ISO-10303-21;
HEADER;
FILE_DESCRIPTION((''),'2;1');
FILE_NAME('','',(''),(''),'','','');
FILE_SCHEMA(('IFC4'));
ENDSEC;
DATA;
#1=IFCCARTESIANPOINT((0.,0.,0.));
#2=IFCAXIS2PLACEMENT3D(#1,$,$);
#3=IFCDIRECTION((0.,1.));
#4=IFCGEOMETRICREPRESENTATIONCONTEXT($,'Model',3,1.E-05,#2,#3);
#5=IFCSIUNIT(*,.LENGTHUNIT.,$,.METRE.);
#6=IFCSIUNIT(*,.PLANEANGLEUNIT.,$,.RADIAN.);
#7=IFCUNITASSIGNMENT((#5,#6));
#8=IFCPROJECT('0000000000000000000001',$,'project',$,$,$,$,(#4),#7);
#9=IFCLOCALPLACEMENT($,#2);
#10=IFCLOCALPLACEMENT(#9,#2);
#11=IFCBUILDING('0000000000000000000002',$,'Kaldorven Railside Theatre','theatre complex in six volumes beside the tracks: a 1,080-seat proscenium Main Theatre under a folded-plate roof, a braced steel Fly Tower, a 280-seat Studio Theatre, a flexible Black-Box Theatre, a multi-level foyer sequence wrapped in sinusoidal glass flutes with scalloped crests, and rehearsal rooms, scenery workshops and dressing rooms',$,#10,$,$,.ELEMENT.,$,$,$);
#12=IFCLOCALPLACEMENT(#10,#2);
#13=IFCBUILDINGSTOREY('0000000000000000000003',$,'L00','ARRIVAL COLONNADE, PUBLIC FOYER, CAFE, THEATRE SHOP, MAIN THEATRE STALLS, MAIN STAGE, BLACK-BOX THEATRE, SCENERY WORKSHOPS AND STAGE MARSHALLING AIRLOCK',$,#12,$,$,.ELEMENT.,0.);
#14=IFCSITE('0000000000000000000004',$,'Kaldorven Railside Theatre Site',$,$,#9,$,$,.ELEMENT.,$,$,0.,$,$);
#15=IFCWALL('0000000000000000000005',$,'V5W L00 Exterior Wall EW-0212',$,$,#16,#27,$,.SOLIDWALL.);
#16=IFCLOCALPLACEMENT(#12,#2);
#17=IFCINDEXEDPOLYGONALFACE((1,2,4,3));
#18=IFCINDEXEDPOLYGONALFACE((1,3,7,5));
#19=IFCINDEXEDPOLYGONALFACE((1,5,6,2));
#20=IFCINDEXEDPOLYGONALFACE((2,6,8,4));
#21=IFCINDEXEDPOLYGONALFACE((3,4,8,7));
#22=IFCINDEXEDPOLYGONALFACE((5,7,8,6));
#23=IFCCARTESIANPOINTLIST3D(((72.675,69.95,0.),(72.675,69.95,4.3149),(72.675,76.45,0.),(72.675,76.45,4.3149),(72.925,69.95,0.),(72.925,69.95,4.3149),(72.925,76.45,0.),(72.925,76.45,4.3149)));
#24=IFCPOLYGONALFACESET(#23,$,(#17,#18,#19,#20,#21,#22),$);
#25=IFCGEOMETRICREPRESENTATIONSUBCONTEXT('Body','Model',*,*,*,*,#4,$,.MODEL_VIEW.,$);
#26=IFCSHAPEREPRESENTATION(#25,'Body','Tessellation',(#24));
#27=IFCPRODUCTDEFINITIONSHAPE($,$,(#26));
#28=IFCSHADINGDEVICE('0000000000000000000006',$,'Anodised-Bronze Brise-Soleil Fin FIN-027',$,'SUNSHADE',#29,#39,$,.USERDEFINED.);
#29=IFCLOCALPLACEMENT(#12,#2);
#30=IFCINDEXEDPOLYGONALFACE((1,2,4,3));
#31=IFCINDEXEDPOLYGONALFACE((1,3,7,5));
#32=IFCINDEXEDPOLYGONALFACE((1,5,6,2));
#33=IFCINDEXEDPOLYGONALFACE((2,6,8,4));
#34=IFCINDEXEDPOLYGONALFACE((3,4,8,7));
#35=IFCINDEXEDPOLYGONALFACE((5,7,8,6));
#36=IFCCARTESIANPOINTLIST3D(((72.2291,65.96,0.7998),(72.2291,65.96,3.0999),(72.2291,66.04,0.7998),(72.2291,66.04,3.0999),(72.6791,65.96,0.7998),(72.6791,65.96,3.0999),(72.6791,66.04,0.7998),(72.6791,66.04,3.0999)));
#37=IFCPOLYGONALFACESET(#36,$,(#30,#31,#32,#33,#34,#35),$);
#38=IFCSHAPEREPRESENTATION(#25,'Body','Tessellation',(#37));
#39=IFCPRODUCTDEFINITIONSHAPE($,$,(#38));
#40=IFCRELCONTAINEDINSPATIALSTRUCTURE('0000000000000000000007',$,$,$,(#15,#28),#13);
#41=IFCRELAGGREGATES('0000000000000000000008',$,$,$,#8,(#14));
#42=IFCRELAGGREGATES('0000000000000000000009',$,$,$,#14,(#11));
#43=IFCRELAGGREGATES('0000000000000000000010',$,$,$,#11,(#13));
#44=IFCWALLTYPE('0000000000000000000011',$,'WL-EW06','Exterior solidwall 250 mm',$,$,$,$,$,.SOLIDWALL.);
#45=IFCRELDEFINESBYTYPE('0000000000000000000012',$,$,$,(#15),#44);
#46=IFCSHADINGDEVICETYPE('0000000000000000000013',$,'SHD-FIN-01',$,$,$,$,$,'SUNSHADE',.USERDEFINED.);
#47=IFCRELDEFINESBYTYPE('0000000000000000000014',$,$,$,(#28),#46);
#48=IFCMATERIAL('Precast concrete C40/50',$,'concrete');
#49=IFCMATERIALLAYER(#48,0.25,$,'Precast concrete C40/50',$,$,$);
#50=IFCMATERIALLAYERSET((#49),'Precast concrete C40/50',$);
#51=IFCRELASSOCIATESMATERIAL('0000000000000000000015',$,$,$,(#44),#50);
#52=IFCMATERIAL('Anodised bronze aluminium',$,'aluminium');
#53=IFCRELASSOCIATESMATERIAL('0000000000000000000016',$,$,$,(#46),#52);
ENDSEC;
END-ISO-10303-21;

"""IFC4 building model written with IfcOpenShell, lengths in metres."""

from ifc_helpers import new_model, si_unit, direction, frame, frame_2d, origin, origin_2d, place, context, subcontext, project, spatial, rectangle, extrude, material, layer, layer_set, type_object, element, save


model = new_model("IFC4")

# Units and contexts
model_context = context("Model", 3, precision=1e-05, world=origin(), true_north=direction((0.0, 1.0)))
body_context = subcontext(model_context, "Body", "Model", "MODEL_VIEW")
ifc_project = project(units=[si_unit("LENGTHUNIT", "METRE"), si_unit("PLANEANGLEUNIT", "RADIAN")], contexts=[model_context])

# Site, building, storey
site_placement = place(None, origin())
site = spatial("IfcSite", under=ifc_project, at=site_placement, Name="Kaldorven Railside Theatre Site", CompositionType="ELEMENT", RefElevation=0.0)
building_placement = place(site_placement, origin())
building = spatial("IfcBuilding", under=site, at=building_placement, Name="Kaldorven Railside Theatre", Description="theatre complex in six volumes beside the tracks: a 1,080-seat proscenium Main Theatre under a folded-plate roof, a braced steel Fly Tower, a 280-seat Studio Theatre, a flexible Black-Box Theatre, a multi-level foyer sequence wrapped in sinusoidal glass flutes with scalloped crests, and rehearsal rooms, scenery workshops and dressing rooms", CompositionType="ELEMENT")
storey_placement = place(building_placement, origin())
storey = spatial("IfcBuildingStorey", under=building, at=storey_placement, Name="L00", Description="ARRIVAL COLONNADE, PUBLIC FOYER, CAFE, THEATRE SHOP, MAIN THEATRE STALLS, MAIN STAGE, BLACK-BOX THEATRE, SCENERY WORKSHOPS AND STAGE MARSHALLING AIRLOCK", CompositionType="ELEMENT", Elevation=0.0)

# Wall
ifc_material_1 = material(Name="Precast concrete C40/50", Category="concrete")
ifc_layer = layer(ifc_material_1, 0.25, Name="Precast concrete C40/50")
ifc_layer_set = layer_set([ifc_layer], Name="Precast concrete C40/50")
wall_type = type_object("IfcWallType", Name="WL-EW06", Description="Exterior solidwall 250 mm", PredefinedType="SOLIDWALL", material=ifc_layer_set)
wall_placement = place(storey_placement, frame((72.8, 69.95, 0.0), z_axis=(0.0, 0.0, 1.0), x_axis=(0.0, 1.0, 0.0)))
element("IfcWall", 1, at=wall_placement, inside=storey, type_object=wall_type, Name="V5W L00 Exterior Wall EW-0212", PredefinedType="SOLIDWALL", context=body_context, shape_type="SweptSolid", body=[
    extrude(rectangle(XDim=6.5, YDim=0.25, at=frame_2d((3.25, 0.0))), origin(), (0.0, 0.0, 1.0), 4.3149),
])

# Shading device
ifc_material_2 = material(Name="Anodised bronze aluminium", Category="aluminium")
shading_device_type = type_object("IfcShadingDeviceType", Name="SHD-FIN-01", ElementType="SUNSHADE", PredefinedType="USERDEFINED", material=ifc_material_2)
shading_device_placement = place(storey_placement, frame((72.4541, 66.0, 0.7998), z_axis=(0.0, 0.0, 1.0), x_axis=(0.0, 1.0, 0.0)))
element("IfcShadingDevice", 2, at=shading_device_placement, inside=storey, type_object=shading_device_type, Name="Anodised-Bronze Brise-Soleil Fin FIN-027", ObjectType="SUNSHADE", PredefinedType="USERDEFINED", context=body_context, shape_type="SweptSolid", body=[
    extrude(rectangle(XDim=0.0801, YDim=0.45, at=origin_2d()), origin(), (0.0, 0.0, 1.0), 2.3),
])

save(model, "model.ifc")
